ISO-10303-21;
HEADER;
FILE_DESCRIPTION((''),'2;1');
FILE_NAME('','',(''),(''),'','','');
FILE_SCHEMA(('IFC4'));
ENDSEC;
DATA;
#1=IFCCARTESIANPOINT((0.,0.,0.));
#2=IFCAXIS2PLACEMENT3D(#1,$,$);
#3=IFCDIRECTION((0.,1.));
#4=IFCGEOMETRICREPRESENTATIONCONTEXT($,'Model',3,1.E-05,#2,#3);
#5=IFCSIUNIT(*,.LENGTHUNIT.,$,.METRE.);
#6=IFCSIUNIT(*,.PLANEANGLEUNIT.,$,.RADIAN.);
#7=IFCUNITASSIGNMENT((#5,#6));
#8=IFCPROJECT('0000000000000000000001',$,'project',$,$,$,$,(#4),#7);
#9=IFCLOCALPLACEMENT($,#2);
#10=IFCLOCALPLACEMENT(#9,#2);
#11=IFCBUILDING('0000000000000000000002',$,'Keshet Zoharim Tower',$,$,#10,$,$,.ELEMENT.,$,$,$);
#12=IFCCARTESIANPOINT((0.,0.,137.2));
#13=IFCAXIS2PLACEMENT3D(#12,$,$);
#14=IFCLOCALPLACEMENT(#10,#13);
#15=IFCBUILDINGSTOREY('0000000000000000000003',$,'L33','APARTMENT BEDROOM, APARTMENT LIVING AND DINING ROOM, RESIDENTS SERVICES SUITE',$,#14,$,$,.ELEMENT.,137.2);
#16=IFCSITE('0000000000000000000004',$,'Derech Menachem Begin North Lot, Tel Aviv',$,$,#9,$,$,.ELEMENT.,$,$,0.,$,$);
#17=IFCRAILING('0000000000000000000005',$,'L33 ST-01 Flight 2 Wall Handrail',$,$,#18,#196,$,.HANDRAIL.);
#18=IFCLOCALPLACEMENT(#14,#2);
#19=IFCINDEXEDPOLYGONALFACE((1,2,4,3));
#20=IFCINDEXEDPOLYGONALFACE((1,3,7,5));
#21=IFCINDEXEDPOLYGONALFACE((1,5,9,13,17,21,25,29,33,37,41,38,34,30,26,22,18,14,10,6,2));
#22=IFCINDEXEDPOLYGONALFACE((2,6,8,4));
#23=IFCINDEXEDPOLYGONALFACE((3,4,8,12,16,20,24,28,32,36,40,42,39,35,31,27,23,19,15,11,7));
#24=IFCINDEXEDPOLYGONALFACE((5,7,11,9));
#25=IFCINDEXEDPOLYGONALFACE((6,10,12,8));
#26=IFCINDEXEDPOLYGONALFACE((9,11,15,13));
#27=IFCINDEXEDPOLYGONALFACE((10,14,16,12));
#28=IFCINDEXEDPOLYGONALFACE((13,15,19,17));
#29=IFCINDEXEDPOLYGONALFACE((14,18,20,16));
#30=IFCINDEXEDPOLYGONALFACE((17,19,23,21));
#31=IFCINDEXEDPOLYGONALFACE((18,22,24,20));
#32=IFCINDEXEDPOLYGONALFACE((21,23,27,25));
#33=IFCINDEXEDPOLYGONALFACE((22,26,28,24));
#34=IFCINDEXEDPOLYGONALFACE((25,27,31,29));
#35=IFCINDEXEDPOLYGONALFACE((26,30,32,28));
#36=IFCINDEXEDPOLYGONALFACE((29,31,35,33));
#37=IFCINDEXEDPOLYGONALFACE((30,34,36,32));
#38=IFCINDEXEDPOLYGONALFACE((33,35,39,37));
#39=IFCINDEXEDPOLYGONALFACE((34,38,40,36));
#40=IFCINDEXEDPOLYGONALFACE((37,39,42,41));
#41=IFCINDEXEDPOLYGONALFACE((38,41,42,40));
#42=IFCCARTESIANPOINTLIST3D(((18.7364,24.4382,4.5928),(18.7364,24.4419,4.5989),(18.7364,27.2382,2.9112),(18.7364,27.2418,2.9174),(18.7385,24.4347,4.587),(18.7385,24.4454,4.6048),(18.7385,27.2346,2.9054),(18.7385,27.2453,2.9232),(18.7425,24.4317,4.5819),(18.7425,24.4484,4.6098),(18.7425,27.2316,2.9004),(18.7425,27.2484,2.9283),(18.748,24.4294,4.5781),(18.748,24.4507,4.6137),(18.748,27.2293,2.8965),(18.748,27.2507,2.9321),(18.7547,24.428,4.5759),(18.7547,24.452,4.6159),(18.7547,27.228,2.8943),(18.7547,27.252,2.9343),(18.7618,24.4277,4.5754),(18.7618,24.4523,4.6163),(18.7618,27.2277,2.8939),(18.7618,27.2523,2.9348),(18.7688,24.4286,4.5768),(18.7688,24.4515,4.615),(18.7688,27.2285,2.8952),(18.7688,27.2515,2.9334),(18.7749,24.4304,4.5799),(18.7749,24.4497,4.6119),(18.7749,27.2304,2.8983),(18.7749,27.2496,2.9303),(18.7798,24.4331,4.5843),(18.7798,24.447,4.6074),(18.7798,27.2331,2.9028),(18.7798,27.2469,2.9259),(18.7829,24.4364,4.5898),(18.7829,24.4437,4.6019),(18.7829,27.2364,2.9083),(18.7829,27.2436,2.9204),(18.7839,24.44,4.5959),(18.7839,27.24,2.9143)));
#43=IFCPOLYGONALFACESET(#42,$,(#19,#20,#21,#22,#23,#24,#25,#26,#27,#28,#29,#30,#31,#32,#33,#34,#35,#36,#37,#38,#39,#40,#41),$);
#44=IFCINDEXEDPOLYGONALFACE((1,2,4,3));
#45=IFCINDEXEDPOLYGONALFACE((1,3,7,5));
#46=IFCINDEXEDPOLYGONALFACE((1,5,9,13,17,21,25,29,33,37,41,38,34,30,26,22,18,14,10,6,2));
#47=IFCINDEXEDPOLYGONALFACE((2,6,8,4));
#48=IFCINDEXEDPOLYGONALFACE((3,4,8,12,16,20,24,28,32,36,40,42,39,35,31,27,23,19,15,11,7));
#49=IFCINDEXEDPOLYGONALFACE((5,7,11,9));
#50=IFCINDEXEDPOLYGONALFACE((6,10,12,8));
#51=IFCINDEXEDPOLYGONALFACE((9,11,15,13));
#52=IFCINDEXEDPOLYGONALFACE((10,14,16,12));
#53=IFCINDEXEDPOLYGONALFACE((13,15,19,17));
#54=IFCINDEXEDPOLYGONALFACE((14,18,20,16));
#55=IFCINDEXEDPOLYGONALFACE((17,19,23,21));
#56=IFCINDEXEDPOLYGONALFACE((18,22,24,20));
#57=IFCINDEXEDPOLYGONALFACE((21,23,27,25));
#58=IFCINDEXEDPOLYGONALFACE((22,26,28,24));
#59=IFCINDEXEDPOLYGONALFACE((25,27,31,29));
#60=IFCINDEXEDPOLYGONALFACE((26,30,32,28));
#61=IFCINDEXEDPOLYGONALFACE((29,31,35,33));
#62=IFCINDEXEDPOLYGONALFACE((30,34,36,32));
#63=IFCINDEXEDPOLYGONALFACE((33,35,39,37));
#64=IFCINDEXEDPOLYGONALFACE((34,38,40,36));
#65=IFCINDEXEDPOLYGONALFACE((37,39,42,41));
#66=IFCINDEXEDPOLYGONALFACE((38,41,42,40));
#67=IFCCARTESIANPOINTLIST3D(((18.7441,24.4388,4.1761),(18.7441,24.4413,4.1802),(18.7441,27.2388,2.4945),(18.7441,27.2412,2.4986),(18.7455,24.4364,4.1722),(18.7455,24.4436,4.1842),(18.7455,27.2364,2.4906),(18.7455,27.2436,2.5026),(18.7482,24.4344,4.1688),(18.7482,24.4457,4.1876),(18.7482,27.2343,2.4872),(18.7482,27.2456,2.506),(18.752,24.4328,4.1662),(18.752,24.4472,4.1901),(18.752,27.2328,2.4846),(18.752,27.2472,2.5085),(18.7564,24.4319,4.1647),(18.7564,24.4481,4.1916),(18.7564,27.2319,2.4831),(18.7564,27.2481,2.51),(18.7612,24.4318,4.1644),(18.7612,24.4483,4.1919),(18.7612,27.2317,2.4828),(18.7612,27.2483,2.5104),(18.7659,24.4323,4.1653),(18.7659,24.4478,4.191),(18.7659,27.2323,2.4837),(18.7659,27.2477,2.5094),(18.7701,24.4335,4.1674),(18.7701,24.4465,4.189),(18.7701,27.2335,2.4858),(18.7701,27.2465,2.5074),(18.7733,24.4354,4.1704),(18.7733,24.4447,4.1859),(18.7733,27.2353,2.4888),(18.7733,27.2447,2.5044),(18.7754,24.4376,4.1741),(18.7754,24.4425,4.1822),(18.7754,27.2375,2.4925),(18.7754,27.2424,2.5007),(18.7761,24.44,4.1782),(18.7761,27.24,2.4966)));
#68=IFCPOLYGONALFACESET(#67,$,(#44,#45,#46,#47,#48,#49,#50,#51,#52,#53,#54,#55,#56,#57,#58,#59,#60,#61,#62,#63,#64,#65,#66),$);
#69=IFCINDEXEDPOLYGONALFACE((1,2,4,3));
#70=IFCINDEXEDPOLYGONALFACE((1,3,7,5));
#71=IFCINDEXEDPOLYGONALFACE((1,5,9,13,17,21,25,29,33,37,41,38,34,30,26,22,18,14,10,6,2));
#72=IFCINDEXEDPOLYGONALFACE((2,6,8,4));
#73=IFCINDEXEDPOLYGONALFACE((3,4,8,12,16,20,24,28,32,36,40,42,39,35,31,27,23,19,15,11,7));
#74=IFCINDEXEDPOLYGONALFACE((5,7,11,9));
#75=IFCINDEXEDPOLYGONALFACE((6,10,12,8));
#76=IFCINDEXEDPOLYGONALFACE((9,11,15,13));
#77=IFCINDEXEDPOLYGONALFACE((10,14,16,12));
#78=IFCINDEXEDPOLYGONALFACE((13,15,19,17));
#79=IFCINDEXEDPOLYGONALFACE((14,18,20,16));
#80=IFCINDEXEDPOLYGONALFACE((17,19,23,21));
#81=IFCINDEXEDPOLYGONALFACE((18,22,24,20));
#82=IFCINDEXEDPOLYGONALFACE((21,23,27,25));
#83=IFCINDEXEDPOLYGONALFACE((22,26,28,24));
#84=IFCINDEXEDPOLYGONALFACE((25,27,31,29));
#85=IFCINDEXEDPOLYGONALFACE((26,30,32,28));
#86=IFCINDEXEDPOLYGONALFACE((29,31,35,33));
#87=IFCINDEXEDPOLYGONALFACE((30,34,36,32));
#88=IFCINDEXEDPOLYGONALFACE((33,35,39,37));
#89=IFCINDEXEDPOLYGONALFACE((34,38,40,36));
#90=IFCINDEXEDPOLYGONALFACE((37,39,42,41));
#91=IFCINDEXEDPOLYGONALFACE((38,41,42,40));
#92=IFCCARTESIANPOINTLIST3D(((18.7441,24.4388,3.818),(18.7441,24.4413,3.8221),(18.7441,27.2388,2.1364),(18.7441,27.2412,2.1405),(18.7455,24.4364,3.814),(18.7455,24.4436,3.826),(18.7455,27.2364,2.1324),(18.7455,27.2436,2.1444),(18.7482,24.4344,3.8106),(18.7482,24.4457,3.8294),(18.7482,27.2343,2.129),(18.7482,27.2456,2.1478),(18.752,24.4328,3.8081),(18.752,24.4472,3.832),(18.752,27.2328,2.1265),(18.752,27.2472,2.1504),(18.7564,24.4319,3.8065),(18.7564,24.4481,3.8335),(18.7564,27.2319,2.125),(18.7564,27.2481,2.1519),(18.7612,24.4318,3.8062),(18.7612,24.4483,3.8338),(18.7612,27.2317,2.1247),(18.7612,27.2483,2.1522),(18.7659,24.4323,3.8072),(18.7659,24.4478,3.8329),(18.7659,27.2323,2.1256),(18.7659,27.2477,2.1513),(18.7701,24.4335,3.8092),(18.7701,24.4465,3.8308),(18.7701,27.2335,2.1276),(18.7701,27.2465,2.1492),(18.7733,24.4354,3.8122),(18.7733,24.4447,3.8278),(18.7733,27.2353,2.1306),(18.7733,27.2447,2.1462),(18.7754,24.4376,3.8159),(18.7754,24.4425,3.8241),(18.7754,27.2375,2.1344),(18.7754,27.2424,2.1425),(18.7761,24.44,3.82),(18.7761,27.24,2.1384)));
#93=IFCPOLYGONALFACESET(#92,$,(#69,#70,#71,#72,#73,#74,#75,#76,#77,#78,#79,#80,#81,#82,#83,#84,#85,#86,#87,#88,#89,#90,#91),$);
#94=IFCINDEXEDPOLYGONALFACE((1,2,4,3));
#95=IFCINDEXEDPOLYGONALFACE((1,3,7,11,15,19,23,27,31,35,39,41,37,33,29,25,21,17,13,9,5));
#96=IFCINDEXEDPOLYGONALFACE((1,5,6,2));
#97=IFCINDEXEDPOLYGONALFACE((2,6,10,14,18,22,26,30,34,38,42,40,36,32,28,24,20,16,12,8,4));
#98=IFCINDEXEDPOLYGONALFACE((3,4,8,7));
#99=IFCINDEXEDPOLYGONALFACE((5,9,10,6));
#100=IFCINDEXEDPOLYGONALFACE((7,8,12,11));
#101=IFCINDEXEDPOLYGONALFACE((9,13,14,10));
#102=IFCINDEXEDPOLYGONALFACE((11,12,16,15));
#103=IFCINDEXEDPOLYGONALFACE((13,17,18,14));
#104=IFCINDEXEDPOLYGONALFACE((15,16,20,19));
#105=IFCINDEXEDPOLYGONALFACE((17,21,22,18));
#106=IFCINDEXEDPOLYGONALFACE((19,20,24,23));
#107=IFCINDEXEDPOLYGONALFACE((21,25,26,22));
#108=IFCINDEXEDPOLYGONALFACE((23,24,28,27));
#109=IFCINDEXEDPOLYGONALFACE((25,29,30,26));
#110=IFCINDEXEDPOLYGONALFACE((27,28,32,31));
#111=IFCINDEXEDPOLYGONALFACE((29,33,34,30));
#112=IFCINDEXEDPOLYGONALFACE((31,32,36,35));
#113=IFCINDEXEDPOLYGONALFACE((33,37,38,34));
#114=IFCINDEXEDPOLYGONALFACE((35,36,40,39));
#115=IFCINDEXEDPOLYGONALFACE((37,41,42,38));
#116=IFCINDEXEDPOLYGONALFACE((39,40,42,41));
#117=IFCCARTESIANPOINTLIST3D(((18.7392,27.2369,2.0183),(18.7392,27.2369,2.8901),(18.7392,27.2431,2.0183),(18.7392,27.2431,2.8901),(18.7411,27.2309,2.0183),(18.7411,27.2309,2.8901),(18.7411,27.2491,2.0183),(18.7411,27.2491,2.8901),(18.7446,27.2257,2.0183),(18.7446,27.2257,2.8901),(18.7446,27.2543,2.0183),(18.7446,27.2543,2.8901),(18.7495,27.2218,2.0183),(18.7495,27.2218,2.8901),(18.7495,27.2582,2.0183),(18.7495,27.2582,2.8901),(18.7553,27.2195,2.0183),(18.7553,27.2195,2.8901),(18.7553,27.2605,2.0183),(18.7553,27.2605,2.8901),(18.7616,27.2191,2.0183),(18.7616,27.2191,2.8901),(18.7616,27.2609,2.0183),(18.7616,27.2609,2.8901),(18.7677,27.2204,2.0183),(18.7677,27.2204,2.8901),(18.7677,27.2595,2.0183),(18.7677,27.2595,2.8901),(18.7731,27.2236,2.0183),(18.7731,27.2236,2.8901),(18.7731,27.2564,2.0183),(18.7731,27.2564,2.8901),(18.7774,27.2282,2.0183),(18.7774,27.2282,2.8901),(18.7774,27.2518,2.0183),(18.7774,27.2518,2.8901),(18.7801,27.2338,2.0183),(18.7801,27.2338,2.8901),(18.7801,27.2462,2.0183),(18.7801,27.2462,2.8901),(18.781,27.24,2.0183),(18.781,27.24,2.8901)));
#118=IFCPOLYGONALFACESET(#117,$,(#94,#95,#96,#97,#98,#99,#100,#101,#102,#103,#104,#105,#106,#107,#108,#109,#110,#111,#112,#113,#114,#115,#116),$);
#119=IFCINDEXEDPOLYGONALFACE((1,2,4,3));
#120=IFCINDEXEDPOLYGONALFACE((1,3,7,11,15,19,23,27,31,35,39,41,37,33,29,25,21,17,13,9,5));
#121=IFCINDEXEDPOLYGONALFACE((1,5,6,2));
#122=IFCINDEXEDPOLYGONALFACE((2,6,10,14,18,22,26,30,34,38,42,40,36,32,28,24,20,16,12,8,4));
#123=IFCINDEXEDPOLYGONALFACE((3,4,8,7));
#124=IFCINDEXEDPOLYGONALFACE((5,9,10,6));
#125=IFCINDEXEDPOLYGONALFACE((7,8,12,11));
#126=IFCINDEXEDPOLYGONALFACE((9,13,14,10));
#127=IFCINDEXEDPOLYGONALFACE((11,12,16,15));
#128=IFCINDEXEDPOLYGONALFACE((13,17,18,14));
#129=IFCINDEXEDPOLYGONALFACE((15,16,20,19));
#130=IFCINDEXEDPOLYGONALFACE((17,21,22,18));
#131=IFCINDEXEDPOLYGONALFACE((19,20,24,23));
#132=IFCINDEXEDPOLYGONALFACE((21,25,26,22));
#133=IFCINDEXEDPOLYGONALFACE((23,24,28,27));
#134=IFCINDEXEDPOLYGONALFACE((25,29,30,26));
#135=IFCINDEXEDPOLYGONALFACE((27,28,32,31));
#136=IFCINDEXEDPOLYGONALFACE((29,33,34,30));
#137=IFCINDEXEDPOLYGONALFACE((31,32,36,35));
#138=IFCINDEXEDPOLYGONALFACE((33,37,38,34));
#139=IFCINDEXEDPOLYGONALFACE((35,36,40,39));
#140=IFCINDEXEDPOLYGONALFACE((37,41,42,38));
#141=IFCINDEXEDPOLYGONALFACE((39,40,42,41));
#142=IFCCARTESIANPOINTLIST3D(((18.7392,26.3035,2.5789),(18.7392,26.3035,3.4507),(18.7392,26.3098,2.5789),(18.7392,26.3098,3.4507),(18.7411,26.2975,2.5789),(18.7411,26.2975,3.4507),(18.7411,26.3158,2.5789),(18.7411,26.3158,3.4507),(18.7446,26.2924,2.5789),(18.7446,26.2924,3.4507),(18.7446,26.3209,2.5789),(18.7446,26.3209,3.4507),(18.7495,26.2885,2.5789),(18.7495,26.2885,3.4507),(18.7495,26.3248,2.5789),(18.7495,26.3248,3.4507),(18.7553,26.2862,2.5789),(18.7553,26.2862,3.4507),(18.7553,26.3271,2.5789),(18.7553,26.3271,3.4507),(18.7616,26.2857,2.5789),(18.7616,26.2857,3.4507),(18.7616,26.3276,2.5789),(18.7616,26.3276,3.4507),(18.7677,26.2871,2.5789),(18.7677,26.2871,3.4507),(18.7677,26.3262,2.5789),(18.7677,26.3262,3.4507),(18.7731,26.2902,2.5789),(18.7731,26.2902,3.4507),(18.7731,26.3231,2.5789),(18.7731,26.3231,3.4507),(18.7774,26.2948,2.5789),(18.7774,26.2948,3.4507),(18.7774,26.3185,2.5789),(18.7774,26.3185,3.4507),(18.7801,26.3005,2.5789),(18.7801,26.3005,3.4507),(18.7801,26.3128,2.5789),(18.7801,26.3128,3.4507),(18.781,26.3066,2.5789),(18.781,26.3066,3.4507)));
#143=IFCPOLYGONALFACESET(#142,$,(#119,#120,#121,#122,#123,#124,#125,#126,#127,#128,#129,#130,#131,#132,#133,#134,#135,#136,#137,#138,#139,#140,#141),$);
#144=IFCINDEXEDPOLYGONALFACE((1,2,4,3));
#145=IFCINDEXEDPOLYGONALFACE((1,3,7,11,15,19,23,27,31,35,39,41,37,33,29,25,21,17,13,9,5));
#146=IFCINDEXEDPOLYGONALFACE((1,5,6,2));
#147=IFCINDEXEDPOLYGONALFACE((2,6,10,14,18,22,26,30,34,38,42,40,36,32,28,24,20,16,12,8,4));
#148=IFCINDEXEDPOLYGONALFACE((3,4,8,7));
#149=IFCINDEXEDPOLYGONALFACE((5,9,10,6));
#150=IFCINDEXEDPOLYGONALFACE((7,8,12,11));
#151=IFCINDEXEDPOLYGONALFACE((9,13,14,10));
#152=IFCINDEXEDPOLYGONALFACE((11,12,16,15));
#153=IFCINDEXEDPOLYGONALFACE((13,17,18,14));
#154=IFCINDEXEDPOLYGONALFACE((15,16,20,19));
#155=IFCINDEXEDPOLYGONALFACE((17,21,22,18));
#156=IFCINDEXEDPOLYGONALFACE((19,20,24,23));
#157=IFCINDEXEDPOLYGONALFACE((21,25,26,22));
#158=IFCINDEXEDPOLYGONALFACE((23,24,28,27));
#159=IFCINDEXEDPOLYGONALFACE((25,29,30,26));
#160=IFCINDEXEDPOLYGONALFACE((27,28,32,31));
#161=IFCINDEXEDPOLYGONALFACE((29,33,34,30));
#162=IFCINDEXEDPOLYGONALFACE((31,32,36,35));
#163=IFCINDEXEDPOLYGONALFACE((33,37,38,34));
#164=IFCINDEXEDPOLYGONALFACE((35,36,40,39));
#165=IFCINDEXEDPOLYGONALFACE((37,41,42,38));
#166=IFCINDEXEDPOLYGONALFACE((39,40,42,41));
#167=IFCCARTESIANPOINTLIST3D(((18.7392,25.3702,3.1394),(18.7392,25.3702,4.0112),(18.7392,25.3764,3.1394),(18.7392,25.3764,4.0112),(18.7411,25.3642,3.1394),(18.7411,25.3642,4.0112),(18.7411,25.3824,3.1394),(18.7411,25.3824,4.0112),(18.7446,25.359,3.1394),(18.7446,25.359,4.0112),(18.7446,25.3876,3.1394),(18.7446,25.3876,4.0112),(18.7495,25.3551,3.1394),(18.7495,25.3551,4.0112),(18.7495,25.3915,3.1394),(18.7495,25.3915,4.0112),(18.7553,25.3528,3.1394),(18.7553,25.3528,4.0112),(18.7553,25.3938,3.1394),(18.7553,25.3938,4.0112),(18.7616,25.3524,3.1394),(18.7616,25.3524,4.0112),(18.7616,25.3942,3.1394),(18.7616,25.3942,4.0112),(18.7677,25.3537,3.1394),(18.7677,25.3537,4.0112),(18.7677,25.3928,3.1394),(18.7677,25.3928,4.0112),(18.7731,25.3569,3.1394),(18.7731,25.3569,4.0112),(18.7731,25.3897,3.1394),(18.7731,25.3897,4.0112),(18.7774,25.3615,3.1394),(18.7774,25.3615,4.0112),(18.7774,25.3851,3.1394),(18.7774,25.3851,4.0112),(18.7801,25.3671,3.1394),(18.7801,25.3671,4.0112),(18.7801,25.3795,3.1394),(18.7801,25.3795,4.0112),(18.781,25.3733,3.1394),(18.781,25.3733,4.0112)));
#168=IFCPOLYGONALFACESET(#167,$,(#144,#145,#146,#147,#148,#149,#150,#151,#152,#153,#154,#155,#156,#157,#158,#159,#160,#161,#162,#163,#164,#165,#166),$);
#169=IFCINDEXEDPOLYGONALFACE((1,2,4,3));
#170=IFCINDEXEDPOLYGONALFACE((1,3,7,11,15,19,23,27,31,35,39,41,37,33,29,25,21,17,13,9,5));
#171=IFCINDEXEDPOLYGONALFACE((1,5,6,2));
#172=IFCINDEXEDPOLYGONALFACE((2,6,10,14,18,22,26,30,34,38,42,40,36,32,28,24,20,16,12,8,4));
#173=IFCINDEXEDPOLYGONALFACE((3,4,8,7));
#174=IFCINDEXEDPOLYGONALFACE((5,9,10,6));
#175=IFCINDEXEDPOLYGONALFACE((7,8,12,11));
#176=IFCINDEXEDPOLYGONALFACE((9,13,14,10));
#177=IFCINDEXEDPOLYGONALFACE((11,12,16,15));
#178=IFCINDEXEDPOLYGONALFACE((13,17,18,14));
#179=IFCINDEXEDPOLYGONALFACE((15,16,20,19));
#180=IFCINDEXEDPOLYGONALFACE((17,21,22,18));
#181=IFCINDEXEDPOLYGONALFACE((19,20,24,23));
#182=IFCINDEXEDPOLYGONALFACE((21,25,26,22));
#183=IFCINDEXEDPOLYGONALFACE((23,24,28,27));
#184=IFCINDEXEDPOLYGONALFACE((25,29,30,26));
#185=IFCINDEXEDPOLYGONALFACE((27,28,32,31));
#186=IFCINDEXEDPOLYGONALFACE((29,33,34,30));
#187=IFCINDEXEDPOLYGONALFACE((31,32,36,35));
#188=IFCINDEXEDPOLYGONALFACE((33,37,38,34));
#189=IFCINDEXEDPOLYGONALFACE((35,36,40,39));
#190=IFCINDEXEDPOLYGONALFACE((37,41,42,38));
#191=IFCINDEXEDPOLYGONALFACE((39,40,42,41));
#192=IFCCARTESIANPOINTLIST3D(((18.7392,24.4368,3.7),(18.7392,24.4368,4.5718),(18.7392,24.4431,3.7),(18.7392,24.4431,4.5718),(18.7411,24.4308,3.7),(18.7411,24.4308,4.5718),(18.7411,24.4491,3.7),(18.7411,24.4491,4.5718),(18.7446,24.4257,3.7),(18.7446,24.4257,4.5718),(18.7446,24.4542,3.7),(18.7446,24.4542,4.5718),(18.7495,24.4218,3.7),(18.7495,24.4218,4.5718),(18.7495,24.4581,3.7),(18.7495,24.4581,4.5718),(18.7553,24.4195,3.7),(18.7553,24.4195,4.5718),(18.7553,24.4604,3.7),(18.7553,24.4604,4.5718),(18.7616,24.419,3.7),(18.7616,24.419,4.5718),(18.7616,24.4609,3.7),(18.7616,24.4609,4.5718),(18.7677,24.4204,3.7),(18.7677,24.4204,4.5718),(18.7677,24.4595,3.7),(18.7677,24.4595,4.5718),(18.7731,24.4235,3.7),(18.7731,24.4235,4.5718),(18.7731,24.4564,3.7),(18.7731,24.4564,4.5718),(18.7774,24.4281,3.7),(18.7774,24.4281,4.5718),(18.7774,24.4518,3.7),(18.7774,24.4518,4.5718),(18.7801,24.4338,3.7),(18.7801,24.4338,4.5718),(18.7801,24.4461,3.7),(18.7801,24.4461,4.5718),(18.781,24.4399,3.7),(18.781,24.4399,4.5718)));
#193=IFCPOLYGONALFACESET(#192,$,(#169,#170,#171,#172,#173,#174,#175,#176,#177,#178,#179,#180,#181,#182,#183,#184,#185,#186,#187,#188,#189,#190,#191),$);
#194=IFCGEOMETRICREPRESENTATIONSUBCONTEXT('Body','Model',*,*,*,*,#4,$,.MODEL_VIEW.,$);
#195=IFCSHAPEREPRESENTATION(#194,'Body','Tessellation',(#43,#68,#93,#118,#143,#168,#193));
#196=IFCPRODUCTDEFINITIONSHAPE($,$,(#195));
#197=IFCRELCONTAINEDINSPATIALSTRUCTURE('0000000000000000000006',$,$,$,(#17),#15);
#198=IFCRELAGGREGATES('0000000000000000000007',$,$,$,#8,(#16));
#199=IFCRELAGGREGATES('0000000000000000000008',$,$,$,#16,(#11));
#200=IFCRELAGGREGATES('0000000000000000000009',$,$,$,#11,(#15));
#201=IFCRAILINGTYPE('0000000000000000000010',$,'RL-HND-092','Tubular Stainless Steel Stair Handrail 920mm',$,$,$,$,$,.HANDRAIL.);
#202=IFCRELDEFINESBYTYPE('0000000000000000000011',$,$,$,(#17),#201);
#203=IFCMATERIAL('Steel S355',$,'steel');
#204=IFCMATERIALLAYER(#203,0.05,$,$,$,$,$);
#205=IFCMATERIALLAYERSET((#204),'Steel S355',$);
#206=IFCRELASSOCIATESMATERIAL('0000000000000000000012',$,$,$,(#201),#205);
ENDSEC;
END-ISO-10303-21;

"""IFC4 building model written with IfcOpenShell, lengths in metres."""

from ifc_helpers import new_model, si_unit, direction, frame, origin, origin_2d, place, context, subcontext, project, spatial, circle, extrude, material, layer, layer_set, type_object, element, save


model = new_model("IFC4")

# Units and contexts
model_context = context("Model", 3, precision=1e-05, world=origin(), true_north=direction((0.0, 1.0)))
body_context = subcontext(model_context, "Body", "Model", "MODEL_VIEW")
ifc_project = project(units=[si_unit("LENGTHUNIT", "METRE"), si_unit("PLANEANGLEUNIT", "RADIAN")], contexts=[model_context])

# Site, building, storey
site_placement = place(None, origin())
site = spatial("IfcSite", under=ifc_project, at=site_placement, Name="Derech Menachem Begin North Lot, Tel Aviv", CompositionType="ELEMENT", RefElevation=0.0)
building_placement = place(site_placement, origin())
building = spatial("IfcBuilding", under=site, at=building_placement, Name="Keshet Zoharim Tower", CompositionType="ELEMENT")
storey_placement = place(building_placement, frame((0.0, 0.0, 137.2)))
storey = spatial("IfcBuildingStorey", under=building, at=storey_placement, Name="L33", Description="APARTMENT BEDROOM, APARTMENT LIVING AND DINING ROOM, RESIDENTS SERVICES SUITE", CompositionType="ELEMENT", Elevation=137.2)

# Shared definitions
ifc_material_1 = material(Name="Steel S355", Category="steel")

# Railing
ifc_layer_1 = layer(ifc_material_1, 0.05)
ifc_layer_set_1 = layer_set([ifc_layer_1], Name="Steel S355")
railing_type = type_object("IfcRailingType", Name="RL-HND-092", Description="Tubular Stainless Steel Stair Handrail 920mm", PredefinedType="HANDRAIL", material=ifc_layer_set_1)
for number, where, name in (
    (1, (18.76, 27.24, 2.0183), "L33 ST-01 Flight 2 Wall Handrail"),
):
    element("IfcRailing", number, at=place(storey_placement, frame(where)), inside=storey, type_object=railing_type, Name=name, PredefinedType="HANDRAIL", context=body_context, shape_type="SweptSolid", body=[
        extrude(circle(Radius=0.0239, at=origin_2d()), frame((0.0, 0.0, 0.896), z_axis=(0.0, -0.857275, 0.514858), x_axis=(1.0, 0.0, 0.0)), (0.0, 0.0, 1.0), 3.2661),
        extrude(circle(Radius=0.0161, at=origin_2d()), frame((0.0, 0.0, 0.4783), z_axis=(0.0, -0.857275, 0.514858), x_axis=(1.0, 0.0, 0.0)), (0.0, 0.0, 1.0), 3.2661),
        extrude(circle(Radius=0.0161, at=origin_2d()), frame((0.0, 0.0, 0.1201), z_axis=(0.0, -0.857275, 0.514858), x_axis=(1.0, 0.0, 0.0)), (0.0, 0.0, 1.0), 3.2661),
        extrude(circle(Radius=0.021, at=origin_2d()), origin(), (0.0, 0.0, 1.0), 0.8718),
        extrude(circle(Radius=0.021, at=origin_2d()), frame((0.0, -0.9333, 0.5605)), (0.0, 0.0, 1.0), 0.8718),
        extrude(circle(Radius=0.021, at=origin_2d()), frame((0.0, -1.8667, 1.1211)), (0.0, 0.0, 1.0), 0.8718),
        extrude(circle(Radius=0.021, at=origin_2d()), frame((0.0, -2.8, 1.6816)), (0.0, 0.0, 1.0), 0.8718),
    ])

save(model, "model.ifc")
